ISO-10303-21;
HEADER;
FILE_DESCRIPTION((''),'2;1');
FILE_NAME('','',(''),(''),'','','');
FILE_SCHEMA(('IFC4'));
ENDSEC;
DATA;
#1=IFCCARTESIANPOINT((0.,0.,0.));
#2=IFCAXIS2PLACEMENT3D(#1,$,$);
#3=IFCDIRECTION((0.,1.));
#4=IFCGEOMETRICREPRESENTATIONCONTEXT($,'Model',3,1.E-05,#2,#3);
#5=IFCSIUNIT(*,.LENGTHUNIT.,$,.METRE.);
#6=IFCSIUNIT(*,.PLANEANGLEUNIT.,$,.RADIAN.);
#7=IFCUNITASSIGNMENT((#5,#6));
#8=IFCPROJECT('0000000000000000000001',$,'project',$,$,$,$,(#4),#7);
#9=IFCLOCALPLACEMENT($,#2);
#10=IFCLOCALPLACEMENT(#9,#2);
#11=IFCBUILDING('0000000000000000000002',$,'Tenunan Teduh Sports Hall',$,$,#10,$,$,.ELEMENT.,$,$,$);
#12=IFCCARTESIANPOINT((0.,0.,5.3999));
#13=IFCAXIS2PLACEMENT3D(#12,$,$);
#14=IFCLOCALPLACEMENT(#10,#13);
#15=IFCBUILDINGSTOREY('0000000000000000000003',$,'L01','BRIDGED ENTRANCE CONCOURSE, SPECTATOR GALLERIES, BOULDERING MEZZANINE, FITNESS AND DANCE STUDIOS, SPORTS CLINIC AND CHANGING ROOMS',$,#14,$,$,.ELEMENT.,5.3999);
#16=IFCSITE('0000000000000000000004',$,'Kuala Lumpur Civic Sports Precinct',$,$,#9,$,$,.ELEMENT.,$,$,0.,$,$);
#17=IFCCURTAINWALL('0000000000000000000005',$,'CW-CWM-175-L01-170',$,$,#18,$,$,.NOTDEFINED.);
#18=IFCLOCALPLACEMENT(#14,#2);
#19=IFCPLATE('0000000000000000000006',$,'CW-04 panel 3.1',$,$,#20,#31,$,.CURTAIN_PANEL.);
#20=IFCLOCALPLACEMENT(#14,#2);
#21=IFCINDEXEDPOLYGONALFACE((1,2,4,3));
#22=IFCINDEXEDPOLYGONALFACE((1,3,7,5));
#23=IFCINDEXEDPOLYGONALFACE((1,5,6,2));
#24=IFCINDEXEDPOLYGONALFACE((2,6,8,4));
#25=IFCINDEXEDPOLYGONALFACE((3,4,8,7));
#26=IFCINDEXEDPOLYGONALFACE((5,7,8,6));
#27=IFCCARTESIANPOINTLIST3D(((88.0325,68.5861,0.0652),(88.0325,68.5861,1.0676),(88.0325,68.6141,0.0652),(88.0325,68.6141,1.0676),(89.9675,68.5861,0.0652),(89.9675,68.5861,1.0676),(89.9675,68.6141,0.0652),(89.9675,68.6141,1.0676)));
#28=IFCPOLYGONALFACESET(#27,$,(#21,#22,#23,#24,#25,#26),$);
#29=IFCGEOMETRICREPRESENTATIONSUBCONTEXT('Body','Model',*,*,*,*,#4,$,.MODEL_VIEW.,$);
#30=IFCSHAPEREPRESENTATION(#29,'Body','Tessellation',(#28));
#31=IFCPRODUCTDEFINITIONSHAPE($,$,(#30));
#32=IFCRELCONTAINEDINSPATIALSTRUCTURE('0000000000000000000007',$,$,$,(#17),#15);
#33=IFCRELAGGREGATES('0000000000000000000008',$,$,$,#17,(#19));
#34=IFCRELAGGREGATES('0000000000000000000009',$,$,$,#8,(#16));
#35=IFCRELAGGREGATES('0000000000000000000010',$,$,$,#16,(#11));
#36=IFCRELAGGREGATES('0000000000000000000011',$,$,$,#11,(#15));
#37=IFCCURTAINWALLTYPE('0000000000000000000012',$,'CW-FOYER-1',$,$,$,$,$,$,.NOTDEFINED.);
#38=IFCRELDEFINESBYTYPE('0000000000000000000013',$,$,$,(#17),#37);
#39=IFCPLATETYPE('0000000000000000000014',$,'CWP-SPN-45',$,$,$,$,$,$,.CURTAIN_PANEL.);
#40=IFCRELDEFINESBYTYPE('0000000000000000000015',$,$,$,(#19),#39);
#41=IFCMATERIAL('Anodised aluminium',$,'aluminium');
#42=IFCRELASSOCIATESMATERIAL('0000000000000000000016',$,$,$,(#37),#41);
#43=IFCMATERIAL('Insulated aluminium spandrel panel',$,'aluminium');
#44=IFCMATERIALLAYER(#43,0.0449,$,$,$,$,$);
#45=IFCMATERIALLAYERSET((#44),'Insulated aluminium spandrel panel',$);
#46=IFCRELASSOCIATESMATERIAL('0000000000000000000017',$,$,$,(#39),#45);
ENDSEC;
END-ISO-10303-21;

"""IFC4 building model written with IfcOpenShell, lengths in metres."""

from ifc_helpers import new_model, si_unit, direction, frame, origin, origin_2d, place, context, subcontext, project, spatial, rectangle, extrude, material, layer, layer_set, type_object, element, aggregate, save


model = new_model("IFC4")

# Units and contexts
model_context = context("Model", 3, precision=1e-05, world=origin(), true_north=direction((0.0, 1.0)))
body_context = subcontext(model_context, "Body", "Model", "MODEL_VIEW")
ifc_project = project(units=[si_unit("LENGTHUNIT", "METRE"), si_unit("PLANEANGLEUNIT", "RADIAN")], contexts=[model_context])

# Site, building, storey
site_placement = place(None, origin())
site = spatial("IfcSite", under=ifc_project, at=site_placement, Name="Kuala Lumpur Civic Sports Precinct", CompositionType="ELEMENT", RefElevation=0.0)
building_placement = place(site_placement, origin())
building = spatial("IfcBuilding", under=site, at=building_placement, Name="Tenunan Teduh Sports Hall", CompositionType="ELEMENT")
storey_placement = place(building_placement, frame((0.0, 0.0, 5.3999)))
storey = spatial("IfcBuildingStorey", under=building, at=storey_placement, Name="L01", Description="BRIDGED ENTRANCE CONCOURSE, SPECTATOR GALLERIES, BOULDERING MEZZANINE, FITNESS AND DANCE STUDIOS, SPORTS CLINIC AND CHANGING ROOMS", CompositionType="ELEMENT", Elevation=5.3999)

# Curtain wall
ifc_material_1 = material(Name="Anodised aluminium", Category="aluminium")
curtain_wall_type = type_object("IfcCurtainWallType", Name="CW-FOYER-1", PredefinedType="NOTDEFINED", material=ifc_material_1)
curtain_wall_placement = place(storey_placement, origin())
curtain_wall = element("IfcCurtainWall", 1, at=curtain_wall_placement, inside=storey, type_object=curtain_wall_type, Name="CW-CWM-175-L01-170", PredefinedType="NOTDEFINED")

# Plate
ifc_material_2 = material(Name="Insulated aluminium spandrel panel", Category="aluminium")
ifc_layer_1 = layer(ifc_material_2, 0.0449)
ifc_layer_set_1 = layer_set([ifc_layer_1], Name="Insulated aluminium spandrel panel")
plate_type_1 = type_object("IfcPlateType", Name="CWP-SPN-45", PredefinedType="CURTAIN_PANEL", material=ifc_layer_set_1)
plate_1_placement = place(storey_placement, frame((89.0, 68.6001, 0.0652), z_axis=(0.0, 0.0, 1.0), x_axis=(1.0, 0.0, 0.0)))
plate_1 = element("IfcPlate", 2, at=plate_1_placement, type_object=plate_type_1, Name="CW-04 panel 3.1", PredefinedType="CURTAIN_PANEL", context=body_context, shape_type="SweptSolid", body=[
    extrude(rectangle(XDim=1.9351, YDim=0.0281, at=origin_2d()), origin(), (0.0, 0.0, 1.0), 1.0024),
])
aggregate(curtain_wall, [plate_1])

save(model, "model.ifc")
